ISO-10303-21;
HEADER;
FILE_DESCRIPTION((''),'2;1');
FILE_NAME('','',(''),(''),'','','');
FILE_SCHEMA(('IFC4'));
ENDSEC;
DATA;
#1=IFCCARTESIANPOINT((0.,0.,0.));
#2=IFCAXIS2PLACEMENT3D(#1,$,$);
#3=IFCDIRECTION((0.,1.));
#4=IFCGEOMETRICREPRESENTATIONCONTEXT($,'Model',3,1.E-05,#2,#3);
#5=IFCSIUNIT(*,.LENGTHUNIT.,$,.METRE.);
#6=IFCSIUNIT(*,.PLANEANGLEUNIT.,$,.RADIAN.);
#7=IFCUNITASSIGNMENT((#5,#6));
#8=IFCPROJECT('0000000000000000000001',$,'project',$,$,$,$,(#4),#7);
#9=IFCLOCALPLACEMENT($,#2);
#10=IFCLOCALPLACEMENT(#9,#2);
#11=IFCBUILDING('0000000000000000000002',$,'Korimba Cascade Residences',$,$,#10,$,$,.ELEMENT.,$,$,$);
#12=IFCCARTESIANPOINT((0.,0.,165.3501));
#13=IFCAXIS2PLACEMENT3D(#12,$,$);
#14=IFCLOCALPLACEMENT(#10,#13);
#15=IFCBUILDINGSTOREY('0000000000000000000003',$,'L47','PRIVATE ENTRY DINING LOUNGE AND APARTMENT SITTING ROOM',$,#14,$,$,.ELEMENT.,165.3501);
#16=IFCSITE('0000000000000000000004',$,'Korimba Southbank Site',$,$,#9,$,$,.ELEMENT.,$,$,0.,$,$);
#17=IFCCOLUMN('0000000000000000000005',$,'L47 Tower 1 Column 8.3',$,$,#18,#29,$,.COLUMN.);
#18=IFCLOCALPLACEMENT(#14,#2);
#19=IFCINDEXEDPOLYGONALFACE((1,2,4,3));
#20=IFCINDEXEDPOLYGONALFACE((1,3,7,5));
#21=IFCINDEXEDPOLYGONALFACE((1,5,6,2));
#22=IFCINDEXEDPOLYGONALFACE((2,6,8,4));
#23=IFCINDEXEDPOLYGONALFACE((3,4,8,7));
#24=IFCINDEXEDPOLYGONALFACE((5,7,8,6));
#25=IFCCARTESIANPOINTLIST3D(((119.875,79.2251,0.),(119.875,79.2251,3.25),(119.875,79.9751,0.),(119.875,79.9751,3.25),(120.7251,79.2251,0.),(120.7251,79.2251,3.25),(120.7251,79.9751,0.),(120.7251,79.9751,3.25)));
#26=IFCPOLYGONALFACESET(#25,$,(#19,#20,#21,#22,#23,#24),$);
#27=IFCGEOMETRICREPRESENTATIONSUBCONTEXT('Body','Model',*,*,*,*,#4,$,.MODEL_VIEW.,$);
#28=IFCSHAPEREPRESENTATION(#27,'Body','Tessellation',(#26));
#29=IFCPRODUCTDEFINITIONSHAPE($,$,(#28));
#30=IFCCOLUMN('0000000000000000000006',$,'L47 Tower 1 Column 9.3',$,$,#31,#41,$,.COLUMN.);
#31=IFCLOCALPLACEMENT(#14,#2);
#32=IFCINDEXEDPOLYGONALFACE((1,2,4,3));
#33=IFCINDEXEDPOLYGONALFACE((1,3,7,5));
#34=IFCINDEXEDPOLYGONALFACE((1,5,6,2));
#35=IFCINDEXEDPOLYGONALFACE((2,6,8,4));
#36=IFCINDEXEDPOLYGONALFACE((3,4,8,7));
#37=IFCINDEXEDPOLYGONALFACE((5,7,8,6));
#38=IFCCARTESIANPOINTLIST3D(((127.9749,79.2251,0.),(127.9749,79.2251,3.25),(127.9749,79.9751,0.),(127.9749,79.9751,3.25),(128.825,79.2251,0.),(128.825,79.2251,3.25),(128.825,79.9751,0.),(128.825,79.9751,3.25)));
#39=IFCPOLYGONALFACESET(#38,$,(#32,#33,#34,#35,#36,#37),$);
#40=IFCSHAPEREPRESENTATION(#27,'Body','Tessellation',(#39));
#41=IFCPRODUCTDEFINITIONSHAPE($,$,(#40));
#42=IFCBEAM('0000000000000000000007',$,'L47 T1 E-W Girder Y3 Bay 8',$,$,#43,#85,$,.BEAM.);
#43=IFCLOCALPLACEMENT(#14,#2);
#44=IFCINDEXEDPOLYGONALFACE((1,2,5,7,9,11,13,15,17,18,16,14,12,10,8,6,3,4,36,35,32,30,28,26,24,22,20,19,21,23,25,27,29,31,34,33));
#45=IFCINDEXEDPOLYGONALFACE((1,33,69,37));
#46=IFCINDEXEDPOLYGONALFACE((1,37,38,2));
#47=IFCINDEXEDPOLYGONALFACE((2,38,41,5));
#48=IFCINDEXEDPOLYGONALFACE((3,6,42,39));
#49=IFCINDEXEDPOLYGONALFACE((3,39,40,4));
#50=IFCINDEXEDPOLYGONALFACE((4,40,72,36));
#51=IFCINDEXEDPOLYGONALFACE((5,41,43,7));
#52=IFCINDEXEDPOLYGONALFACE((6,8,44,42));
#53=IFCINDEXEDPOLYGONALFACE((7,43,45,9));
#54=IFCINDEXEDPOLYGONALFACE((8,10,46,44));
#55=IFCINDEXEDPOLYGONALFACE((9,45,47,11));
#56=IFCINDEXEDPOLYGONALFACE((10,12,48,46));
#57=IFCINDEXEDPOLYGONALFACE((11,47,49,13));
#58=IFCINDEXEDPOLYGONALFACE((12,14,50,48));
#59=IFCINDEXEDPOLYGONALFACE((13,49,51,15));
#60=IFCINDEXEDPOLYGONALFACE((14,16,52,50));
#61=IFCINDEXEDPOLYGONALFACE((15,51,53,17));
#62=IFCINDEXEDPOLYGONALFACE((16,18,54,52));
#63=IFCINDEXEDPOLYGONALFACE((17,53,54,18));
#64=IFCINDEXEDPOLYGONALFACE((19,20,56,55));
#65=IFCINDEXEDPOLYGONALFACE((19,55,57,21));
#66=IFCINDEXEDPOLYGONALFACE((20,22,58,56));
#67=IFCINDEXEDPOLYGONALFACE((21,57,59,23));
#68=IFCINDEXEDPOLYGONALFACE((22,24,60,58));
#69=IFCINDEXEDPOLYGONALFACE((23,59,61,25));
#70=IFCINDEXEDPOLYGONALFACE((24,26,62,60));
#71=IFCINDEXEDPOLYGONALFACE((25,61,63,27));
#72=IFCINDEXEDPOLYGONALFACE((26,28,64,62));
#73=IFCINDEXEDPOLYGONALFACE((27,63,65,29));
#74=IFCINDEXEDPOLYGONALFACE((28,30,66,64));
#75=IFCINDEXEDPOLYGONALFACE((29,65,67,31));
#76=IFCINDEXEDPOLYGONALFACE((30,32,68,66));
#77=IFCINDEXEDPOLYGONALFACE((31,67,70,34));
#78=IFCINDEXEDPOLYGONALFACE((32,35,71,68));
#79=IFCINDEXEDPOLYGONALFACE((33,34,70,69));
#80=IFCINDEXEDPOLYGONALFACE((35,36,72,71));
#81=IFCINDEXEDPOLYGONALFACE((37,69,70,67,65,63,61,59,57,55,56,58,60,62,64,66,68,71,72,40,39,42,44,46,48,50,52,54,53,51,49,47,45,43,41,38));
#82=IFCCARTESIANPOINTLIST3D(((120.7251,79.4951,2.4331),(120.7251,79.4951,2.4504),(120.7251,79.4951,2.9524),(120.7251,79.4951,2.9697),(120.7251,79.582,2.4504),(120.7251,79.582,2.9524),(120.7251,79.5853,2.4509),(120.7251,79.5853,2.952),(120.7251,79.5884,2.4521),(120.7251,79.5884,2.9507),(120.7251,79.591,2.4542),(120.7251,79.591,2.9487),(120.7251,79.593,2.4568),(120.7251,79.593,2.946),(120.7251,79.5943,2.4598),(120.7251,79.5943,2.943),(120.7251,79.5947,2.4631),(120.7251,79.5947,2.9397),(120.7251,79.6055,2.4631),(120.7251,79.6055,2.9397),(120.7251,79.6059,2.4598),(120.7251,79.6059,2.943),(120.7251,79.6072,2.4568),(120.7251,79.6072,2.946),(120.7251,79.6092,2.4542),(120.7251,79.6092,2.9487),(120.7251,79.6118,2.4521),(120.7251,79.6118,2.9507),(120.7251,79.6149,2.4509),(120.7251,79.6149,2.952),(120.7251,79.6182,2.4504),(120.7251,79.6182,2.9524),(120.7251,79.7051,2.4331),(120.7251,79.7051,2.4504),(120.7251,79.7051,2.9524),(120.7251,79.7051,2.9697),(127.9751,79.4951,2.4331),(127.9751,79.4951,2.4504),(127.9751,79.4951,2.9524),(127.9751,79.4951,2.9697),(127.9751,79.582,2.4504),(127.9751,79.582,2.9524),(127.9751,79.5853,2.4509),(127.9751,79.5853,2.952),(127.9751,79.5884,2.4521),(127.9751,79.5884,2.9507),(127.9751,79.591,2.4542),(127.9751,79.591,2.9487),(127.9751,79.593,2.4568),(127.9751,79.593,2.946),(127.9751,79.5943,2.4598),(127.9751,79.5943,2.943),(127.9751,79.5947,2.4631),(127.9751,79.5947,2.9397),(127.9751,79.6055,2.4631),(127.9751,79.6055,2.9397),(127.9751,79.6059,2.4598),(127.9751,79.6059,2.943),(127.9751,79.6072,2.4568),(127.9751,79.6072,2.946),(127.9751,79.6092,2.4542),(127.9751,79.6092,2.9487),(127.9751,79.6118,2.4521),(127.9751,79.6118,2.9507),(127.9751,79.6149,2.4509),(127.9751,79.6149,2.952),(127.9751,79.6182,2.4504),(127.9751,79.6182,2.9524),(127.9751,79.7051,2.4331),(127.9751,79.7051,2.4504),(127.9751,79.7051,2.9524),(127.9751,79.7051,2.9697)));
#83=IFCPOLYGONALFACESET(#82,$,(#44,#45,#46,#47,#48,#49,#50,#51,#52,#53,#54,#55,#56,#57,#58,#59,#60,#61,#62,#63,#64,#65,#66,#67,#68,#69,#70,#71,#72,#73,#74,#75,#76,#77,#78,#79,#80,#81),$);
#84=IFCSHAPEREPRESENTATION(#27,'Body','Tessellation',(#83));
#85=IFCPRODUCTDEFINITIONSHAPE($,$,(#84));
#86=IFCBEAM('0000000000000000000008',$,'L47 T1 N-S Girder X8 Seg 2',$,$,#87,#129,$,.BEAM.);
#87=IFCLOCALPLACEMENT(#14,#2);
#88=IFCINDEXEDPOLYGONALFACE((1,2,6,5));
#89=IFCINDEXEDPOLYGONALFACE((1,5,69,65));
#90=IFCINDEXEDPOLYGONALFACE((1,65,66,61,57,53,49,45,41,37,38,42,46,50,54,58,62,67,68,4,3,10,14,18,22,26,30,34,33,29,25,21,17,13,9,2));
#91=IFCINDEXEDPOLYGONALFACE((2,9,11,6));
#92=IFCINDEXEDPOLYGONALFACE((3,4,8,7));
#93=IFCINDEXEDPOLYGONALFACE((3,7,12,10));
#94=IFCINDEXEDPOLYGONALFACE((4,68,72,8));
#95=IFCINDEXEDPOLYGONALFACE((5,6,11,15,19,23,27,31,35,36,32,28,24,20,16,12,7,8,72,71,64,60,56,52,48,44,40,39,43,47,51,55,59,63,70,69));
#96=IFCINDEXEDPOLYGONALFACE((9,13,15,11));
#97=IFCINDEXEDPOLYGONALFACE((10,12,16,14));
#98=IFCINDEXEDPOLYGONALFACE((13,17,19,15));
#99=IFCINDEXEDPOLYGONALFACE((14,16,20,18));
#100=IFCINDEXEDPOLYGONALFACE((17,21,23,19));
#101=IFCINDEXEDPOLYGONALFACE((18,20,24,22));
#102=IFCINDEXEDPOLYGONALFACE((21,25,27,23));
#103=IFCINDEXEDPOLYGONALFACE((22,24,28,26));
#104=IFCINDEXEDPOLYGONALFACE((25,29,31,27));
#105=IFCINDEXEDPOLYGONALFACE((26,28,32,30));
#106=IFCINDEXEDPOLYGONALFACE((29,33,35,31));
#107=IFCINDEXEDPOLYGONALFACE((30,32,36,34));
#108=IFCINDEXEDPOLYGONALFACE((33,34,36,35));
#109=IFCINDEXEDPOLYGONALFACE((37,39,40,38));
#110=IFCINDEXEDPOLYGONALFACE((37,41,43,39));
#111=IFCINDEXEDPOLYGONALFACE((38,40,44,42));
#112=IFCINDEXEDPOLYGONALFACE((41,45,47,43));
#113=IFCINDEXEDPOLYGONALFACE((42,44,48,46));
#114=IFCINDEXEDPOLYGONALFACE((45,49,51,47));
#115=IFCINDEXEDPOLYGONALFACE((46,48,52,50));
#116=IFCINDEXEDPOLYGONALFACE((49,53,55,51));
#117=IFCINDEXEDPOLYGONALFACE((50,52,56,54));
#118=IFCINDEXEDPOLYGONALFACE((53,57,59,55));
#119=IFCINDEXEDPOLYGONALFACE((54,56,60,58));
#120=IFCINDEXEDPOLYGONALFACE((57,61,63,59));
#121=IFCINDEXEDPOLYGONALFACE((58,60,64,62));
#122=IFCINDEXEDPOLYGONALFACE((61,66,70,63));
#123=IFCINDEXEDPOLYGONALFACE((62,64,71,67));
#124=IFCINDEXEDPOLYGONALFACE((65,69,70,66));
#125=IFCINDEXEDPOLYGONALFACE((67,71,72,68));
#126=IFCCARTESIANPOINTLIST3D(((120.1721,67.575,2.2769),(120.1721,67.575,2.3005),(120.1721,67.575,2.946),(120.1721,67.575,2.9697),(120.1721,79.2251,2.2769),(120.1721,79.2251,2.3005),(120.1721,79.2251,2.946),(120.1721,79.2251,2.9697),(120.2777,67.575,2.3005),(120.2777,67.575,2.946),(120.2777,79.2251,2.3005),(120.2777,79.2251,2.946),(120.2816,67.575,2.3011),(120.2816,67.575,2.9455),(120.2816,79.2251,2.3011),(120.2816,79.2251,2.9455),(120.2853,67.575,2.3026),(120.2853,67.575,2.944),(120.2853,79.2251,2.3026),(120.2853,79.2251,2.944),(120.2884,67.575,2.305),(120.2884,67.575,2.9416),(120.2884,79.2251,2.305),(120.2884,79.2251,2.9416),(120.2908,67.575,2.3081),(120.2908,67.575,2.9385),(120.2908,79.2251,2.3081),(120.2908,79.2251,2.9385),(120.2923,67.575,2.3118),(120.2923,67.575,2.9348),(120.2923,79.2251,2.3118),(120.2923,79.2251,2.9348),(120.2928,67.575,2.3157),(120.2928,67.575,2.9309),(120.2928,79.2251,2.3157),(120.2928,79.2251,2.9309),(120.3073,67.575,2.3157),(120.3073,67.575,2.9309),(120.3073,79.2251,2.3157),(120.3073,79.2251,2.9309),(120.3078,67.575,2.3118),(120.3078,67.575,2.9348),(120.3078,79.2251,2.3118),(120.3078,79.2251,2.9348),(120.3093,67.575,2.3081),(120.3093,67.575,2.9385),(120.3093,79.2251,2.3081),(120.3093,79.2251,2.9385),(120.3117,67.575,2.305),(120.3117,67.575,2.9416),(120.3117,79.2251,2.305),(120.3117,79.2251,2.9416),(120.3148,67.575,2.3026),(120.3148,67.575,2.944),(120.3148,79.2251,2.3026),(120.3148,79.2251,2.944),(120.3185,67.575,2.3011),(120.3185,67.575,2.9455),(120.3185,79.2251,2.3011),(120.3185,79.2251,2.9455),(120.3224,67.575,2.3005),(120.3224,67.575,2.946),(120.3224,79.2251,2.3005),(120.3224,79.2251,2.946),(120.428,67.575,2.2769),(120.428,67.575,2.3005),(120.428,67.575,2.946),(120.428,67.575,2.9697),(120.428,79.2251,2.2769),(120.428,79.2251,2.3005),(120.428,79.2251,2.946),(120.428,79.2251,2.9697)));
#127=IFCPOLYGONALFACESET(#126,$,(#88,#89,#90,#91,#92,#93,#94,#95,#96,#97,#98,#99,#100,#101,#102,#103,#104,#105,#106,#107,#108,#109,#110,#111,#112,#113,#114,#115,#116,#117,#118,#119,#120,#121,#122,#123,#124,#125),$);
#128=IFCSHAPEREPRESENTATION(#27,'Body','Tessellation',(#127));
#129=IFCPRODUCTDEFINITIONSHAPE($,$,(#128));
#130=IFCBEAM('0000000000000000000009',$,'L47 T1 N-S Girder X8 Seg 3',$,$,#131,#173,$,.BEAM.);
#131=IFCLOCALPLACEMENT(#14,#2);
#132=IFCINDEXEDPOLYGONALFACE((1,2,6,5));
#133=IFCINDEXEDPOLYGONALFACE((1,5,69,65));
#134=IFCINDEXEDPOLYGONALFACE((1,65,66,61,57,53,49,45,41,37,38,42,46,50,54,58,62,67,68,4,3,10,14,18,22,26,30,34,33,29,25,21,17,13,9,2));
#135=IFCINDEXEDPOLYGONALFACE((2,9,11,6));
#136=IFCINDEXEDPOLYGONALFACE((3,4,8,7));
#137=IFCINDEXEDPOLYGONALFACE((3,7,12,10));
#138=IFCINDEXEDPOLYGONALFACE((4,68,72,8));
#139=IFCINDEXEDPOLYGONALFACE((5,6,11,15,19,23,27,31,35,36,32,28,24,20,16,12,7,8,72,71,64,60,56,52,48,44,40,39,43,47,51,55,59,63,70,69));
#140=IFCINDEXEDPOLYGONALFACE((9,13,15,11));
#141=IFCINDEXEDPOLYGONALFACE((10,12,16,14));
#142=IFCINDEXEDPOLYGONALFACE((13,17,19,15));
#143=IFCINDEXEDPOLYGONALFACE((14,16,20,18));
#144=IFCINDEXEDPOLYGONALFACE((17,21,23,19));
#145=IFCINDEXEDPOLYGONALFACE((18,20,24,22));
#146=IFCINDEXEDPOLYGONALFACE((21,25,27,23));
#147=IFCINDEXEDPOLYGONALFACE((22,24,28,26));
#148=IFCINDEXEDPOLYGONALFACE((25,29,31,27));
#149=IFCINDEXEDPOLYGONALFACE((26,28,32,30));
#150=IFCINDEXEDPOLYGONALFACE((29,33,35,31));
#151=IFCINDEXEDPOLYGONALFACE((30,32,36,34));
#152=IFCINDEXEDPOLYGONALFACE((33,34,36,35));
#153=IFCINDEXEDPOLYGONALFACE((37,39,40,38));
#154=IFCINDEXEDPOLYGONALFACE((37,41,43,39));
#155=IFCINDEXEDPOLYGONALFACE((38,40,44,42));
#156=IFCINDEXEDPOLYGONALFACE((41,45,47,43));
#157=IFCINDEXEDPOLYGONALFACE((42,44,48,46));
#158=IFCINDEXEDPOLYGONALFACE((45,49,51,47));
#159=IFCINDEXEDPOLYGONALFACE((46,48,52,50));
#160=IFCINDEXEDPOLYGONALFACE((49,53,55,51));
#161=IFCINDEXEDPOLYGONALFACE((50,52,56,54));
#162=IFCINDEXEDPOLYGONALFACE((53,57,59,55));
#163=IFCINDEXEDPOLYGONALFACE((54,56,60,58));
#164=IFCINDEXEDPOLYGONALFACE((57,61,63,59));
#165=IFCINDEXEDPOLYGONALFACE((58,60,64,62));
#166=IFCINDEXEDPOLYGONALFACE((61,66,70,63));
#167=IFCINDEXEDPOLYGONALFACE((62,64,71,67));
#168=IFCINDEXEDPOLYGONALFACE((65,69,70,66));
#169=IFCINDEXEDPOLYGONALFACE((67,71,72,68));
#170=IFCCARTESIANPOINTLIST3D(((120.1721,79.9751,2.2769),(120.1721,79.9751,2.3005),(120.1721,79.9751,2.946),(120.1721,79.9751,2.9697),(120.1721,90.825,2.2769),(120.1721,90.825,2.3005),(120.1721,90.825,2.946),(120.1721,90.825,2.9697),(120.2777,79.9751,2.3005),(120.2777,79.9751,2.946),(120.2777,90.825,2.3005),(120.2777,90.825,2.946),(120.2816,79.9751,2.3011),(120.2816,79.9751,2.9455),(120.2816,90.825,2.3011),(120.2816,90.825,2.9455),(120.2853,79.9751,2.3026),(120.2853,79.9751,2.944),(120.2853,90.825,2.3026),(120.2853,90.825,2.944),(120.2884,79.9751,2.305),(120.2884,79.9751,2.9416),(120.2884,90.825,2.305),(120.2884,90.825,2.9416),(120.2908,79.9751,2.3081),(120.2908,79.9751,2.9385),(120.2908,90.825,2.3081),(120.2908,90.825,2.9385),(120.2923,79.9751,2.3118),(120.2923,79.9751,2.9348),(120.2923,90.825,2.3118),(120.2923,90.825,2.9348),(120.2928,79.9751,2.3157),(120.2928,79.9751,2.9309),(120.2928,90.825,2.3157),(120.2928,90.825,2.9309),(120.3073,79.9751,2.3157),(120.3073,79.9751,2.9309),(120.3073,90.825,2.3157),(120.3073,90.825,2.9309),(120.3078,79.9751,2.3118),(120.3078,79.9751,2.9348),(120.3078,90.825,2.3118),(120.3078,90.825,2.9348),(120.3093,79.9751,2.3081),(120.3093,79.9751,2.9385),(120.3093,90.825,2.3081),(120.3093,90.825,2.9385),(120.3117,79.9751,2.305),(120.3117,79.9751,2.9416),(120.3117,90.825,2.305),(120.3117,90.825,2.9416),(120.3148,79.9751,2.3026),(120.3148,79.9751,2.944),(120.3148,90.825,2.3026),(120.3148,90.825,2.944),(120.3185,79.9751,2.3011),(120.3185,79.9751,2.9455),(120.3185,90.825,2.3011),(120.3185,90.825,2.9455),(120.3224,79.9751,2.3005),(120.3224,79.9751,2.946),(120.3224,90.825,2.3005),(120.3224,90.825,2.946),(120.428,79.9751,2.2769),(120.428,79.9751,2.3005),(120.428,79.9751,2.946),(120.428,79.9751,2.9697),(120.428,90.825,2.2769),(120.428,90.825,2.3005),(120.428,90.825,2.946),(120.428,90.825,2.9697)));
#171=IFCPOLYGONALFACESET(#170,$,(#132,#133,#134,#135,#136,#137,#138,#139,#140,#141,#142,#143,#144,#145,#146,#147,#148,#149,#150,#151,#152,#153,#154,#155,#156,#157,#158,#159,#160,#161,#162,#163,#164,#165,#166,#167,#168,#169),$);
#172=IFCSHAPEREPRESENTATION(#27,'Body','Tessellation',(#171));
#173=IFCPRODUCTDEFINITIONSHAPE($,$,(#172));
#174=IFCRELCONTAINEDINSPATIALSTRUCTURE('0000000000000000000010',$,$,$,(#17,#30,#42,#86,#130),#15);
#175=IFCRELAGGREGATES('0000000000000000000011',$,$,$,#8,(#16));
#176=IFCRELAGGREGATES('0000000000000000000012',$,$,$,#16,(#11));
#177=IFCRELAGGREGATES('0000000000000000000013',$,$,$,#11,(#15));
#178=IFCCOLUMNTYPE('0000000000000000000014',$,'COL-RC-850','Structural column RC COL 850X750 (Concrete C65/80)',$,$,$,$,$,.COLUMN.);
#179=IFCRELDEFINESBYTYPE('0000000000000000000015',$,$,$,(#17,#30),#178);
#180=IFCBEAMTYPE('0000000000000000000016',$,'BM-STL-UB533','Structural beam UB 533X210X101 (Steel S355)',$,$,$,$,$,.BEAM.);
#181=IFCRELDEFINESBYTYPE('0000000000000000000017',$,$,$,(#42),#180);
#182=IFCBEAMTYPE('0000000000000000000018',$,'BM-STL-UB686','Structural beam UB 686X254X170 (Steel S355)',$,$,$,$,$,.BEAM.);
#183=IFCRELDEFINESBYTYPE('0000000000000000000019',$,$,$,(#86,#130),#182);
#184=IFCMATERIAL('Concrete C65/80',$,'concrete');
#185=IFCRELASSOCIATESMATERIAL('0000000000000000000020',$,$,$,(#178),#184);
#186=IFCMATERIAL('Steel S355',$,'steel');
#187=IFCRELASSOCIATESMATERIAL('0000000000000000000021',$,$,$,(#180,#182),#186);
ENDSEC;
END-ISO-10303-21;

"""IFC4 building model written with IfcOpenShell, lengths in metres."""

from ifc_helpers import new_model, si_unit, direction, frame, origin, origin_2d, place, context, subcontext, project, spatial, rectangle, i_section, extrude, material, material_profile, profile_set, type_object, element, save


model = new_model("IFC4")

# Units and contexts
model_context = context("Model", 3, precision=1e-05, world=origin(), true_north=direction((0.0, 1.0)))
body_context = subcontext(model_context, "Body", "Model", "MODEL_VIEW")
ifc_project = project(units=[si_unit("LENGTHUNIT", "METRE"), si_unit("PLANEANGLEUNIT", "RADIAN")], contexts=[model_context])

# Site, building, storey
site_placement = place(None, origin())
site = spatial("IfcSite", under=ifc_project, at=site_placement, Name="Korimba Southbank Site", CompositionType="ELEMENT", RefElevation=0.0)
building_placement = place(site_placement, origin())
building = spatial("IfcBuilding", under=site, at=building_placement, Name="Korimba Cascade Residences", CompositionType="ELEMENT")
storey_placement = place(building_placement, frame((0.0, 0.0, 165.3501)))
storey = spatial("IfcBuildingStorey", under=building, at=storey_placement, Name="L47", Description="PRIVATE ENTRY DINING LOUNGE AND APARTMENT SITTING ROOM", CompositionType="ELEMENT", Elevation=165.3501)

# Columns
ifc_material_1 = material(Name="Concrete C65/80", Category="concrete")
ifc_material_profile_1 = material_profile(ifc_material_1, rectangle(XDim=0.8501, YDim=0.75, at=origin_2d()), Name="Concrete C65/80")
ifc_profile_set_1 = profile_set([ifc_material_profile_1], Name="Concrete C65/80")
column_type = type_object("IfcColumnType", Name="COL-RC-850", Description="Structural column RC COL 850X750 (Concrete C65/80)", PredefinedType="COLUMN", material=ifc_profile_set_1)
for number, where, z_axis, x_axis, name in (
    (1, (120.3, 79.6001, 0.0), (0.0, 0.0, 1.0), (1.0, 0.0, 0.0), "L47 Tower 1 Column 8.3"),
    (2, (128.3999, 79.6001, 0.0), (0.0, 0.0, 1.0), (1.0, 0.0, 0.0), "L47 Tower 1 Column 9.3"),
):
    element("IfcColumn", number, at=place(storey_placement, frame(where, z_axis=z_axis, x_axis=x_axis)), inside=storey, type_object=column_type, Name=name, PredefinedType="COLUMN", context=body_context, shape_type="SweptSolid", body=[
        extrude(rectangle(XDim=0.8501, YDim=0.75, at=origin_2d()), origin(), (0.0, 0.0, 1.0), 3.25),
    ])

# Beams
ifc_material_2 = material(Name="Steel S355", Category="steel")
ifc_material_profile_2 = material_profile(ifc_material_2, i_section(OverallWidth=0.21, OverallDepth=0.5366, WebThickness=0.0107, FlangeThickness=0.0173, FilletRadius=0.0127, at=origin_2d()), Name="Steel S355")
ifc_profile_set_2 = profile_set([ifc_material_profile_2], Name="Steel S355")
beam_type_1 = type_object("IfcBeamType", Name="BM-STL-UB533", Description="Structural beam UB 533X210X101 (Steel S355)", PredefinedType="BEAM", material=ifc_profile_set_2)
beam_1_placement = place(storey_placement, frame((120.7251, 79.6001, 2.7014), z_axis=(1.0, 0.0, 0.0), x_axis=(0.0, 1.0, 0.0)))
element("IfcBeam", 3, at=beam_1_placement, inside=storey, type_object=beam_type_1, Name="L47 T1 E-W Girder Y3 Bay 8", PredefinedType="BEAM", context=body_context, shape_type="SweptSolid", body=[
    extrude(i_section(OverallWidth=0.21, OverallDepth=0.5366, WebThickness=0.0107, FlangeThickness=0.0173, FilletRadius=0.0127, at=origin_2d()), origin(), (0.0, 0.0, 1.0), 7.25),
])
ifc_material_profile_3 = material_profile(ifc_material_2, i_section(OverallWidth=0.2559, OverallDepth=0.6929, WebThickness=0.0144, FlangeThickness=0.0237, FilletRadius=0.0151, at=origin_2d()), Name="Steel S355")
ifc_profile_set_3 = profile_set([ifc_material_profile_3], Name="Steel S355")
beam_type_2 = type_object("IfcBeamType", Name="BM-STL-UB686", Description="Structural beam UB 686X254X170 (Steel S355)", PredefinedType="BEAM", material=ifc_profile_set_3)
beam_2_placement = place(storey_placement, frame((120.3, 67.575, 2.6233), z_axis=(0.0, 1.0, 0.0), x_axis=(-1.0, 0.0, 0.0)))
element("IfcBeam", 4, at=beam_2_placement, inside=storey, type_object=beam_type_2, Name="L47 T1 N-S Girder X8 Seg 2", PredefinedType="BEAM", context=body_context, shape_type="SweptSolid", body=[
    extrude(i_section(OverallWidth=0.2559, OverallDepth=0.6929, WebThickness=0.0144, FlangeThickness=0.0237, FilletRadius=0.0151, at=origin_2d()), origin(), (0.0, 0.0, 1.0), 11.6501),
])
beam_3_placement = place(storey_placement, frame((120.3, 79.9751, 2.6233), z_axis=(0.0, 1.0, 0.0), x_axis=(-1.0, 0.0, 0.0)))
element("IfcBeam", 5, at=beam_3_placement, inside=storey, type_object=beam_type_2, Name="L47 T1 N-S Girder X8 Seg 3", PredefinedType="BEAM", context=body_context, shape_type="SweptSolid", body=[
    extrude(i_section(OverallWidth=0.2559, OverallDepth=0.6929, WebThickness=0.0144, FlangeThickness=0.0237, FilletRadius=0.0151, at=origin_2d()), origin(), (0.0, 0.0, 1.0), 10.8499),
])

save(model, "model.ifc")
